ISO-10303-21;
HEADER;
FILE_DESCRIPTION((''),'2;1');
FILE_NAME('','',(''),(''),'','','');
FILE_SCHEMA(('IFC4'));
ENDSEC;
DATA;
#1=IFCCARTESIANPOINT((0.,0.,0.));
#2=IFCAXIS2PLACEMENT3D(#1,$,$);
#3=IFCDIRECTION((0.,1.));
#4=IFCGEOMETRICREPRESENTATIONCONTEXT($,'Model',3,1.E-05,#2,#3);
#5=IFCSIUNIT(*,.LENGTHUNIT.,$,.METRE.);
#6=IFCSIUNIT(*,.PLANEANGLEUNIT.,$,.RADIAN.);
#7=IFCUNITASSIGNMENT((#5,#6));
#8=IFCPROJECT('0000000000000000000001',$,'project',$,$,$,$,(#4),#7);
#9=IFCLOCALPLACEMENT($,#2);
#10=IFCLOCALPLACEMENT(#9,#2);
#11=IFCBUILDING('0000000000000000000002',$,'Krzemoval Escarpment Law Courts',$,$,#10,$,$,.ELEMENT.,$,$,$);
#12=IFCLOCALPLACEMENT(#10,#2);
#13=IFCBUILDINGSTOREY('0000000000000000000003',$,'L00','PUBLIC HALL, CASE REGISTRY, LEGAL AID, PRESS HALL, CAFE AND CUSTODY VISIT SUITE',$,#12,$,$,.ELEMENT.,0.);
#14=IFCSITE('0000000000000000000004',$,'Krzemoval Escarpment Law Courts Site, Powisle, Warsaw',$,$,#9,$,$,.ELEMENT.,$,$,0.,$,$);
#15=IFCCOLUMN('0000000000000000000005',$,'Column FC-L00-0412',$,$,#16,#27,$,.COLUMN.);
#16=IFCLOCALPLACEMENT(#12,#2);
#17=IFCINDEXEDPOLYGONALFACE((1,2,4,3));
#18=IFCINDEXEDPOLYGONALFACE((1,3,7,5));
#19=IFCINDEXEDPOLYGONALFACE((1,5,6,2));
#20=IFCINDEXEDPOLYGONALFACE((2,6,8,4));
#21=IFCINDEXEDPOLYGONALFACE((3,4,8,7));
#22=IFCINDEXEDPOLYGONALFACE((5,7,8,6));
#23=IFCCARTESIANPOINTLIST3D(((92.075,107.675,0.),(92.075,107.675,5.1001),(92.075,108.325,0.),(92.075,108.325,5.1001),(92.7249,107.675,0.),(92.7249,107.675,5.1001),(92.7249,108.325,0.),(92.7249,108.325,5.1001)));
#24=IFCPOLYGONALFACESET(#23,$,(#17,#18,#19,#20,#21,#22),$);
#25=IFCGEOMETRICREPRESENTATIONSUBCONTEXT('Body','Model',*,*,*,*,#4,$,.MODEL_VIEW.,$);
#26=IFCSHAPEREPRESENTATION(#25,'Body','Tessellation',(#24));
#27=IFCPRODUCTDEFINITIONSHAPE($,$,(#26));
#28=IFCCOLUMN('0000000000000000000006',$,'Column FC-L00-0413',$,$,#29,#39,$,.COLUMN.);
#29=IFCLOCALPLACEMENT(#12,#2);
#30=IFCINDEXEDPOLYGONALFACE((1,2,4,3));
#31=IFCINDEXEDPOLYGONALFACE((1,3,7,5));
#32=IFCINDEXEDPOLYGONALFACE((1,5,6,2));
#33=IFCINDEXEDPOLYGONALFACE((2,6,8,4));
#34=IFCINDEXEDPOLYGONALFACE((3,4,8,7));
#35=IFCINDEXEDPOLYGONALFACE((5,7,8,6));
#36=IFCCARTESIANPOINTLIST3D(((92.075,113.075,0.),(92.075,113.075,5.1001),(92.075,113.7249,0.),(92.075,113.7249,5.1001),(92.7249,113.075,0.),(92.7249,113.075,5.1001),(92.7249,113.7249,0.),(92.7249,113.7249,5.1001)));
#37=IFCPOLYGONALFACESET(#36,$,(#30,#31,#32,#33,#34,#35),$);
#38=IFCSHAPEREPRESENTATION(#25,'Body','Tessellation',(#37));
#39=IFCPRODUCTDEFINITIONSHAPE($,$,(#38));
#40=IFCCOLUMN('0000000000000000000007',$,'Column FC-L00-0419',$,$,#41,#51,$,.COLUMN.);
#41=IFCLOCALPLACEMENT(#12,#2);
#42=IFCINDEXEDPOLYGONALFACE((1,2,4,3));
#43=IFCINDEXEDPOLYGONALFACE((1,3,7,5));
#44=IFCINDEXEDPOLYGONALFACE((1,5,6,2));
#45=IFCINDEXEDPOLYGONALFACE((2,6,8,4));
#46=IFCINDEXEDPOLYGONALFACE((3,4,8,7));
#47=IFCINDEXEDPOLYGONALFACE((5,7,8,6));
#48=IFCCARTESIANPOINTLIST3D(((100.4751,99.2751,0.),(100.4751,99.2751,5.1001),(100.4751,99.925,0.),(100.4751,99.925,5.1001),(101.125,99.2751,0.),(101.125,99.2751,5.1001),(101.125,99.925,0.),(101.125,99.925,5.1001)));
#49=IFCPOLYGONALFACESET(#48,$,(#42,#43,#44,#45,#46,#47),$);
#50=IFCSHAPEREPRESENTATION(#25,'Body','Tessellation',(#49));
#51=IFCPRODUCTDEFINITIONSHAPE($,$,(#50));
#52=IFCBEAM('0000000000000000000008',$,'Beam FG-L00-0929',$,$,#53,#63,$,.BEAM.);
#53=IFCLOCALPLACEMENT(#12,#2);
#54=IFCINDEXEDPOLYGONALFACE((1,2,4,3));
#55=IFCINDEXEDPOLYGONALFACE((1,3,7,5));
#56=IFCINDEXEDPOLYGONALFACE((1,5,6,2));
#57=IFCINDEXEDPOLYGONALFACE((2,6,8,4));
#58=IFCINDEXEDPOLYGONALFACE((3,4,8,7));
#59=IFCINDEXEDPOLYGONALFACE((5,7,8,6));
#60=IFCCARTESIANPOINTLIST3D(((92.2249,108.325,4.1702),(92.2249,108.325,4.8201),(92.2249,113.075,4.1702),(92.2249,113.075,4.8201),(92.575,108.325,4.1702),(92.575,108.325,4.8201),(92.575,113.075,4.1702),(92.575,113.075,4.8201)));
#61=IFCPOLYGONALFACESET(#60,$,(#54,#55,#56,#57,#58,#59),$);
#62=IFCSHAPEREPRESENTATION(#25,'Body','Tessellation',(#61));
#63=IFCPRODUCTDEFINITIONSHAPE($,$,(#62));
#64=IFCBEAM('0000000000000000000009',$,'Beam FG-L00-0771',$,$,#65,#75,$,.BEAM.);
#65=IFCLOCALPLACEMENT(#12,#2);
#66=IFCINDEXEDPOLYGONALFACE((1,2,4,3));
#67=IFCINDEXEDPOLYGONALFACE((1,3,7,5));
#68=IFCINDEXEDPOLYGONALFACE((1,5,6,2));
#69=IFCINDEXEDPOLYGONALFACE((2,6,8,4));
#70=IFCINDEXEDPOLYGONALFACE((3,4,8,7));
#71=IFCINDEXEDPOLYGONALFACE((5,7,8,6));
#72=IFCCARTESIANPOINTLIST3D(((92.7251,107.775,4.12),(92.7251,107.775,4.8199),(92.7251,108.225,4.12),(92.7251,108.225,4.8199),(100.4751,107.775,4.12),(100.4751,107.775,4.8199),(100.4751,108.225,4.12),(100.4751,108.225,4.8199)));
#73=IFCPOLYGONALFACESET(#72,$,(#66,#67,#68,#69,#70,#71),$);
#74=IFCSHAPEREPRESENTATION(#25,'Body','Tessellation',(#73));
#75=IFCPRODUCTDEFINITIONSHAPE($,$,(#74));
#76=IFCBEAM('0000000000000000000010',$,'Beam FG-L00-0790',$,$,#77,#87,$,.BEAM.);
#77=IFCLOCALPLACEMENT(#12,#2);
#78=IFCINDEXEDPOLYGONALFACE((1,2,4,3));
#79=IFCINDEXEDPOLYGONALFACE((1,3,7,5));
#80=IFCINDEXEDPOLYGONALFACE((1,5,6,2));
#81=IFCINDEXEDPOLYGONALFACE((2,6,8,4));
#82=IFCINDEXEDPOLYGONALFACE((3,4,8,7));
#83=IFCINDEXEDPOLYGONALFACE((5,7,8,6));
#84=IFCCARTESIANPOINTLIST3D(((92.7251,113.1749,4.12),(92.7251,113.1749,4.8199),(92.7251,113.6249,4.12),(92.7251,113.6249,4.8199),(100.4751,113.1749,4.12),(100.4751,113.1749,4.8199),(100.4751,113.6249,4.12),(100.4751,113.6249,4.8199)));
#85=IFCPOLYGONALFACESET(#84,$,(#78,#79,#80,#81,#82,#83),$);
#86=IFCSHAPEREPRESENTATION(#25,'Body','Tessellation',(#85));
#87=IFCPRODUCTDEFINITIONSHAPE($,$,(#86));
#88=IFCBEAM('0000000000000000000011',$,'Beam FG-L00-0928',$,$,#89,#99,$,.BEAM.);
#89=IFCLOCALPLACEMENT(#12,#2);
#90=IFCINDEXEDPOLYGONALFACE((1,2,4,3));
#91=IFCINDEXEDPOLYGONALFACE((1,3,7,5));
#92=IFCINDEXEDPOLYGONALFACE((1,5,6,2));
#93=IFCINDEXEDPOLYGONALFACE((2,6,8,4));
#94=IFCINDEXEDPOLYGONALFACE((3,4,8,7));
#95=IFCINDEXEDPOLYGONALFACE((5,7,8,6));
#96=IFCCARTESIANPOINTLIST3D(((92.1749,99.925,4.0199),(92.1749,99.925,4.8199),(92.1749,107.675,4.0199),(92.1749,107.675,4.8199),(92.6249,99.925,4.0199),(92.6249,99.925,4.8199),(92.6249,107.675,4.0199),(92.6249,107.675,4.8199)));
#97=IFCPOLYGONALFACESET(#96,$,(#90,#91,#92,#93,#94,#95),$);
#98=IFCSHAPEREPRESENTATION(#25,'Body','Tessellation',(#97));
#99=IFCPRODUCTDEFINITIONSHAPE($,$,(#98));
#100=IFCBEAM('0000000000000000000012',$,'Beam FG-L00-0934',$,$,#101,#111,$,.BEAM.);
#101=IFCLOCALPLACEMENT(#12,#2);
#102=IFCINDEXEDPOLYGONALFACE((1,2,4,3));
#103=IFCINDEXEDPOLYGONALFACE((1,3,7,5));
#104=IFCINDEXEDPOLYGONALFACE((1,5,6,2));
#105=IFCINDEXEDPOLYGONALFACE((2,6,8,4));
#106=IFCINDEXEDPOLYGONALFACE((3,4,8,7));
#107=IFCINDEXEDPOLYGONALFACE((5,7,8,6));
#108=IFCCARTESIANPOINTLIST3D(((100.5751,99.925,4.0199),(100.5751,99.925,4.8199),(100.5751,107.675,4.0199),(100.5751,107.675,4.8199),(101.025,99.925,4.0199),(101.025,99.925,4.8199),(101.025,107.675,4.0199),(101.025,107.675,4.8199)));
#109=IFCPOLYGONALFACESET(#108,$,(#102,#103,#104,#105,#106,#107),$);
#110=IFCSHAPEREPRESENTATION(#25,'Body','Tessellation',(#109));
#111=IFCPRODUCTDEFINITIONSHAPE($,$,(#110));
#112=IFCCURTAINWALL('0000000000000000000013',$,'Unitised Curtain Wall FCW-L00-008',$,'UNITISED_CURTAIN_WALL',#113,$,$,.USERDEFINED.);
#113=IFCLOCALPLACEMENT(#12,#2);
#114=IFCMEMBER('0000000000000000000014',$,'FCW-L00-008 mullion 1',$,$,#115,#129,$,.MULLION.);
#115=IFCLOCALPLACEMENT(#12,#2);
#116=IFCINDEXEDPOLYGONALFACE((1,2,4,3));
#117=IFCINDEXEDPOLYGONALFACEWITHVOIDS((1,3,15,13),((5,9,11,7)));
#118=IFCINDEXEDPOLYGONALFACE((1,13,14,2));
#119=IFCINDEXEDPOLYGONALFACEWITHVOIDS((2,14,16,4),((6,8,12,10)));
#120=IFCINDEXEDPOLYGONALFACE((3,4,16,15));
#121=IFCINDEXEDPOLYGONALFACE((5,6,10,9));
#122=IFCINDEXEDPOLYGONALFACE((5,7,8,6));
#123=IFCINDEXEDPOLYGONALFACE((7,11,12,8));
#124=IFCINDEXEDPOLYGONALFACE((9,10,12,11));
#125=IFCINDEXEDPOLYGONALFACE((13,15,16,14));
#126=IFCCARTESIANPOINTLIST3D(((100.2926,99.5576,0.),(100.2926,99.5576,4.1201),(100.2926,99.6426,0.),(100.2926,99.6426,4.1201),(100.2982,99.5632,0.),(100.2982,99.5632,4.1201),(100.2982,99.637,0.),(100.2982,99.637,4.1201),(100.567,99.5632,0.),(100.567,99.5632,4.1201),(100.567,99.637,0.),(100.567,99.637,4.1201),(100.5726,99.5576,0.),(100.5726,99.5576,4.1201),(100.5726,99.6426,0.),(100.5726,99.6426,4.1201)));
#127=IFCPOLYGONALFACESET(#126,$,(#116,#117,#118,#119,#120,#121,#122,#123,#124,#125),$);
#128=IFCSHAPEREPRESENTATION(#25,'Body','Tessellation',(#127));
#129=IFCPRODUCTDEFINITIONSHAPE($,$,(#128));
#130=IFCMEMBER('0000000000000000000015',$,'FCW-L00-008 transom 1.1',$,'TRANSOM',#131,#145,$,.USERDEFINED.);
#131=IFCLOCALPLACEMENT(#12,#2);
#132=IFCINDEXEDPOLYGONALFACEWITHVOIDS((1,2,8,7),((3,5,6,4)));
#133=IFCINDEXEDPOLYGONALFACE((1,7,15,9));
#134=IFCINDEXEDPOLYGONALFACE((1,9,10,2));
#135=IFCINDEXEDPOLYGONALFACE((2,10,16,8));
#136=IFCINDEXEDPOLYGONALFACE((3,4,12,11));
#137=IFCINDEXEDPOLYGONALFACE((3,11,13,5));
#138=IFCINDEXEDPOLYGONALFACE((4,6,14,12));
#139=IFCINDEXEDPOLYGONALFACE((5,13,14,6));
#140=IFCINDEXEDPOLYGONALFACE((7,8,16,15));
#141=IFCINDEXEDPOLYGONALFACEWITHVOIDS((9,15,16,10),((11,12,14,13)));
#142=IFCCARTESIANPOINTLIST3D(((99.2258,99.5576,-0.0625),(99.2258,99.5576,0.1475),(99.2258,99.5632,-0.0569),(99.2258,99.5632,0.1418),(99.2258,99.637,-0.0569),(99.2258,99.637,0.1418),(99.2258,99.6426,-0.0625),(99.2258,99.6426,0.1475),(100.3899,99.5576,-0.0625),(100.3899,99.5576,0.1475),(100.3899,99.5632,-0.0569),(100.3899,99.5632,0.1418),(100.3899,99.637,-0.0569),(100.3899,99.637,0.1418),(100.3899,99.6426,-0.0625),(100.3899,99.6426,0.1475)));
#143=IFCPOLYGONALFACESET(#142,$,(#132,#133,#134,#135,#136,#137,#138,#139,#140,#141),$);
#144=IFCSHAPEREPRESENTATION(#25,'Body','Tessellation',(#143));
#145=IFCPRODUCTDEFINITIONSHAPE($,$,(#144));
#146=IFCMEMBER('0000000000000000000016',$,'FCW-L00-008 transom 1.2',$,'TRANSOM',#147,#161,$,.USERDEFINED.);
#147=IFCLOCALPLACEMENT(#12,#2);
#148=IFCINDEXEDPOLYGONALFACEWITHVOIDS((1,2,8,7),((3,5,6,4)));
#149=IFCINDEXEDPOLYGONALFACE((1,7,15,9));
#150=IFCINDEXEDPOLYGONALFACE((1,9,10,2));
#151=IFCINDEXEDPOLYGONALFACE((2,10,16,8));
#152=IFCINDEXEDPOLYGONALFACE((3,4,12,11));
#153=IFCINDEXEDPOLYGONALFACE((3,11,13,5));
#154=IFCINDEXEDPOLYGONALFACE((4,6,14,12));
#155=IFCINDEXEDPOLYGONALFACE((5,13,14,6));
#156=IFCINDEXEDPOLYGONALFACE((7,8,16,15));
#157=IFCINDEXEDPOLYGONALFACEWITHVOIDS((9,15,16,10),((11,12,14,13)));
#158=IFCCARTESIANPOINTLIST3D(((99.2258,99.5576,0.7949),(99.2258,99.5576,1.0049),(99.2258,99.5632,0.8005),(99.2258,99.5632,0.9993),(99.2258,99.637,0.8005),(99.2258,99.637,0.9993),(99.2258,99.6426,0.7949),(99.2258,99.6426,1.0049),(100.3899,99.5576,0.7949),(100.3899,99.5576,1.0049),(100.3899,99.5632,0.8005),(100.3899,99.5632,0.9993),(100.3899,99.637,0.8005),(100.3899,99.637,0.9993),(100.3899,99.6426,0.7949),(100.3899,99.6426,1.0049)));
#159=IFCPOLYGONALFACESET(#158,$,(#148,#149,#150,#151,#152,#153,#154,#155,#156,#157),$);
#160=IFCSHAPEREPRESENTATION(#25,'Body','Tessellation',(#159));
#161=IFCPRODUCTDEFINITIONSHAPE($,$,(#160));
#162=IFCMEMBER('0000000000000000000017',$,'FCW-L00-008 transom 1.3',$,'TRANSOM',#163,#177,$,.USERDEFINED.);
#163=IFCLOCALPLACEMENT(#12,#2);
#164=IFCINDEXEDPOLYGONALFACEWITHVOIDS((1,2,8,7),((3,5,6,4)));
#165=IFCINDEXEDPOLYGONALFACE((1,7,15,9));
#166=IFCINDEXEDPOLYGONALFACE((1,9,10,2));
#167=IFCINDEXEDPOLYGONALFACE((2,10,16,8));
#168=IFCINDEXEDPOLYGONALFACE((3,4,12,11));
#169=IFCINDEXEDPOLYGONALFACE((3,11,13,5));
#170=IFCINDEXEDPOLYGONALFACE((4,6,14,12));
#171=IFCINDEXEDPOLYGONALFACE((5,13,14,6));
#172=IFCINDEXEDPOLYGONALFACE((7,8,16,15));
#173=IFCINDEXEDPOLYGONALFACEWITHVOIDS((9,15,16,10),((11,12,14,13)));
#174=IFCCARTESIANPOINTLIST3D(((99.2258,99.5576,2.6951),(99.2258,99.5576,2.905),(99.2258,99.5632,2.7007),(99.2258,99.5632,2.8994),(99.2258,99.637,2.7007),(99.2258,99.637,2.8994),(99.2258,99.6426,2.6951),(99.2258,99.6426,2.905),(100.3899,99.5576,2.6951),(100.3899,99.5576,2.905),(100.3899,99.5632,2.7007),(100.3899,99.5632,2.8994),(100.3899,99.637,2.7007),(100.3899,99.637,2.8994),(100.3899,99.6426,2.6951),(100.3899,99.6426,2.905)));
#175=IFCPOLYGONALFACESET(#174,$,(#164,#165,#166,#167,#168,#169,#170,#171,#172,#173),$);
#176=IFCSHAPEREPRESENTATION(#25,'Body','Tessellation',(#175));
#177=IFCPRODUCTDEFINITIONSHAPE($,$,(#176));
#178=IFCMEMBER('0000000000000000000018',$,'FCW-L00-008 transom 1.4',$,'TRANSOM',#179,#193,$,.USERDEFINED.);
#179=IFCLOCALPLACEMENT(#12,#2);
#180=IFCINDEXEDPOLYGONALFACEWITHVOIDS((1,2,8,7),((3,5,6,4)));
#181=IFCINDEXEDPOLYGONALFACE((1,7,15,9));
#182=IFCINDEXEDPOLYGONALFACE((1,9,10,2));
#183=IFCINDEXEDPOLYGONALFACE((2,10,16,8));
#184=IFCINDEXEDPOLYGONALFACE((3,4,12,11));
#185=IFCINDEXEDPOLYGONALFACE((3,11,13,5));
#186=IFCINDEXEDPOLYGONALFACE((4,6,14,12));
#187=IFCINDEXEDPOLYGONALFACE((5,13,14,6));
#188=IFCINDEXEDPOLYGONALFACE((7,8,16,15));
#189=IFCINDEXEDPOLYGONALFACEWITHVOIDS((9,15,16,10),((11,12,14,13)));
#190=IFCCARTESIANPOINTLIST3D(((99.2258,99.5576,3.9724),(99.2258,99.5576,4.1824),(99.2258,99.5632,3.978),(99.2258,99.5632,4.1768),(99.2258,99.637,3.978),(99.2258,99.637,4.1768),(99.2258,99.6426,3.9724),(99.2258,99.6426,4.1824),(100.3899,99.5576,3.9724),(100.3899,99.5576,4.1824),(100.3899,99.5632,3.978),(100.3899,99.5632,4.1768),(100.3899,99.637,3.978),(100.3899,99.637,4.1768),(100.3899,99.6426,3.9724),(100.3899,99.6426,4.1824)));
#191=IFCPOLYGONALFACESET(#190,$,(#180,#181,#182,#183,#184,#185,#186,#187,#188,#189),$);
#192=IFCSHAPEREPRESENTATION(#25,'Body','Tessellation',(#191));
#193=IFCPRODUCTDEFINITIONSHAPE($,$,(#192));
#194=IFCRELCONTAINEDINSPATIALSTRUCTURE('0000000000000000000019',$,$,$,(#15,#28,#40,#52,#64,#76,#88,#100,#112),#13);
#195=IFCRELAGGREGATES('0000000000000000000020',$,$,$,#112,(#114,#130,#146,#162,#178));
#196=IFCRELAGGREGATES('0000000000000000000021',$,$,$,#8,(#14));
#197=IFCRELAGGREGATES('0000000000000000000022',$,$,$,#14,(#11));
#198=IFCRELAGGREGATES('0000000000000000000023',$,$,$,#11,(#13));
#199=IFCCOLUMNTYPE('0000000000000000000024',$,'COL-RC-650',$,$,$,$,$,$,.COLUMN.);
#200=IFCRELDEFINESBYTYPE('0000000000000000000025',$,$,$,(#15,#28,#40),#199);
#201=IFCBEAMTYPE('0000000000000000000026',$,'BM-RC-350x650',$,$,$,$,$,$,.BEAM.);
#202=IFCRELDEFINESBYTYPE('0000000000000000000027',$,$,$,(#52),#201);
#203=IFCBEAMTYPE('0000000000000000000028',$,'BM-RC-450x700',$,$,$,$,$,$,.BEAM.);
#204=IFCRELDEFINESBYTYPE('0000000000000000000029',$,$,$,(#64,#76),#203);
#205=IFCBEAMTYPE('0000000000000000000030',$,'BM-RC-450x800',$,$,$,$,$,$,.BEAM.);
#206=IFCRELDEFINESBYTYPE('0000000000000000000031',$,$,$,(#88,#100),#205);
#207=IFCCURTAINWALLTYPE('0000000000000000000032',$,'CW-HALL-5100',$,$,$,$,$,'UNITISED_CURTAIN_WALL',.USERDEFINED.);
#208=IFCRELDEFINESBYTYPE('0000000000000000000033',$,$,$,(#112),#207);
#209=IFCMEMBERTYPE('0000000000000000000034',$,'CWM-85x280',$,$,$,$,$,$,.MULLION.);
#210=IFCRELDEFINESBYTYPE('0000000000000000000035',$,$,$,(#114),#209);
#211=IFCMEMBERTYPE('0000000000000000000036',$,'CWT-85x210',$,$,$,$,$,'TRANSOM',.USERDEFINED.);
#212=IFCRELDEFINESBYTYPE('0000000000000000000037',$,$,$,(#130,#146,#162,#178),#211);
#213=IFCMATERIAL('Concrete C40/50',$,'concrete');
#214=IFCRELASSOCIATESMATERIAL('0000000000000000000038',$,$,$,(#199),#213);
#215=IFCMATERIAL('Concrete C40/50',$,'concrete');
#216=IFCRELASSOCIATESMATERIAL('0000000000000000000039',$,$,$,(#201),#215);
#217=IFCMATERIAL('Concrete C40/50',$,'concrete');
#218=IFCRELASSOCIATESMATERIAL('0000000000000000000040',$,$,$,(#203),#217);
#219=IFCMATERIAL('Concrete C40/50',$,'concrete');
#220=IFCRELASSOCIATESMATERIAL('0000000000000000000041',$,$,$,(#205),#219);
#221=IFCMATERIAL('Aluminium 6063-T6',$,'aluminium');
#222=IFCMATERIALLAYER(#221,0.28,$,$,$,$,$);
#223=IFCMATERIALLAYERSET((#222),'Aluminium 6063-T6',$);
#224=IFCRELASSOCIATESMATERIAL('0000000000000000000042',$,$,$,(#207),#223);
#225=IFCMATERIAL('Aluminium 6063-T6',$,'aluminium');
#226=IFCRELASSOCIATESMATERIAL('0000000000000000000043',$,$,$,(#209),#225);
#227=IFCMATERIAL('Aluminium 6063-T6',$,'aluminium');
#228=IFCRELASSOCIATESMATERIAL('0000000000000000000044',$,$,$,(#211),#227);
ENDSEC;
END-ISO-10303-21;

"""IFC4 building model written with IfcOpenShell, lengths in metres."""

from ifc_helpers import new_model, si_unit, direction, frame, origin, origin_2d, place, context, subcontext, project, spatial, rectangle, hollow_rectangle, extrude, material, layer, layer_set, material_profile, profile_set, type_object, element, aggregate, save


model = new_model("IFC4")

# Units and contexts
model_context = context("Model", 3, precision=1e-05, world=origin(), true_north=direction((0.0, 1.0)))
body_context = subcontext(model_context, "Body", "Model", "MODEL_VIEW")
ifc_project = project(units=[si_unit("LENGTHUNIT", "METRE"), si_unit("PLANEANGLEUNIT", "RADIAN")], contexts=[model_context])

# Site, building, storey
site_placement = place(None, origin())
site = spatial("IfcSite", under=ifc_project, at=site_placement, Name="Krzemoval Escarpment Law Courts Site, Powisle, Warsaw", CompositionType="ELEMENT", RefElevation=0.0)
building_placement = place(site_placement, origin())
building = spatial("IfcBuilding", under=site, at=building_placement, Name="Krzemoval Escarpment Law Courts", CompositionType="ELEMENT")
storey_placement = place(building_placement, origin())
storey = spatial("IfcBuildingStorey", under=building, at=storey_placement, Name="L00", Description="PUBLIC HALL, CASE REGISTRY, LEGAL AID, PRESS HALL, CAFE AND CUSTODY VISIT SUITE", CompositionType="ELEMENT", Elevation=0.0)

# Columns
ifc_material_1 = material(Name="Concrete C40/50", Category="concrete")
ifc_material_profile_1 = material_profile(ifc_material_1, rectangle(XDim=0.6499, YDim=0.6499, at=origin_2d()), Name="RC 650x650")
ifc_profile_set_1 = profile_set([ifc_material_profile_1], Name="Concrete C40/50")
column_type = type_object("IfcColumnType", Name="COL-RC-650", PredefinedType="COLUMN", material=ifc_profile_set_1)
for number, where, z_axis, x_axis, name in (
    (1, (92.3999, 108.0, 0.0), (0.0, 0.0, 1.0), (1.0, 0.0, 0.0), "Column FC-L00-0412"),
    (2, (92.3999, 113.3999, 0.0), (0.0, 0.0, 1.0), (1.0, 0.0, 0.0), "Column FC-L00-0413"),
    (3, (100.8, 99.6001, 0.0), (0.0, 0.0, 1.0), (1.0, 0.0, 0.0), "Column FC-L00-0419"),
):
    element("IfcColumn", number, at=place(storey_placement, frame(where, z_axis=z_axis, x_axis=x_axis)), inside=storey, type_object=column_type, Name=name, PredefinedType="COLUMN", context=body_context, shape_type="SweptSolid", body=[
        extrude(rectangle(XDim=0.6499, YDim=0.6499, at=origin_2d()), origin(), (0.0, 0.0, 1.0), 5.1001),
    ])

# Beams
ifc_material_2 = material(Name="Concrete C40/50", Category="concrete")
ifc_material_profile_2 = material_profile(ifc_material_2, rectangle(XDim=0.3501, YDim=0.6499, at=origin_2d()), Name="RCB 350x650")
ifc_profile_set_2 = profile_set([ifc_material_profile_2], Name="Concrete C40/50")
beam_type_1 = type_object("IfcBeamType", Name="BM-RC-350x650", PredefinedType="BEAM", material=ifc_profile_set_2)
beam_1_placement = place(storey_placement, frame((92.3999, 108.325, 4.4951), z_axis=(0.0, 1.0, 0.0), x_axis=(-1.0, 0.0, 0.0)))
element("IfcBeam", 4, at=beam_1_placement, inside=storey, type_object=beam_type_1, Name="Beam FG-L00-0929", PredefinedType="BEAM", context=body_context, shape_type="SweptSolid", body=[
    extrude(rectangle(XDim=0.3501, YDim=0.6499, at=origin_2d()), origin(), (0.0, 0.0, 1.0), 4.75),
])
ifc_material_3 = material(Name="Concrete C40/50", Category="concrete")
ifc_material_profile_3 = material_profile(ifc_material_3, rectangle(XDim=0.45, YDim=0.7, at=origin_2d()), Name="RCB 450x700")
ifc_profile_set_3 = profile_set([ifc_material_profile_3], Name="Concrete C40/50")
beam_type_2 = type_object("IfcBeamType", Name="BM-RC-450x700", PredefinedType="BEAM", material=ifc_profile_set_3)
for number, where, z_axis, x_axis, name in (
    (5, (92.7251, 108.0, 4.47), (1.0, 0.0, 0.0), (0.0, 1.0, 0.0), "Beam FG-L00-0771"),
    (6, (92.7251, 113.3999, 4.47), (1.0, 0.0, 0.0), (0.0, 1.0, 0.0), "Beam FG-L00-0790"),
):
    element("IfcBeam", number, at=place(storey_placement, frame(where, z_axis=z_axis, x_axis=x_axis)), inside=storey, type_object=beam_type_2, Name=name, PredefinedType="BEAM", context=body_context, shape_type="SweptSolid", body=[
        extrude(rectangle(XDim=0.45, YDim=0.7, at=origin_2d()), origin(), (0.0, 0.0, 1.0), 7.75),
    ])
ifc_material_4 = material(Name="Concrete C40/50", Category="concrete")
ifc_material_profile_4 = material_profile(ifc_material_4, rectangle(XDim=0.45, YDim=0.8, at=origin_2d()), Name="RCB 450x800")
ifc_profile_set_4 = profile_set([ifc_material_profile_4], Name="Concrete C40/50")
beam_type_3 = type_object("IfcBeamType", Name="BM-RC-450x800", PredefinedType="BEAM", material=ifc_profile_set_4)
for number, where, z_axis, x_axis, name in (
    (7, (92.3999, 99.925, 4.4199), (0.0, 1.0, 0.0), (-1.0, 0.0, 0.0), "Beam FG-L00-0928"),
    (8, (100.8, 99.925, 4.4199), (0.0, 1.0, 0.0), (-1.0, 0.0, 0.0), "Beam FG-L00-0934"),
):
    element("IfcBeam", number, at=place(storey_placement, frame(where, z_axis=z_axis, x_axis=x_axis)), inside=storey, type_object=beam_type_3, Name=name, PredefinedType="BEAM", context=body_context, shape_type="SweptSolid", body=[
        extrude(rectangle(XDim=0.45, YDim=0.8, at=origin_2d()), origin(), (0.0, 0.0, 1.0), 7.75),
    ])

# Curtain wall, members
ifc_material_5 = material(Name="Aluminium 6063-T6", Category="aluminium")
ifc_layer_1 = layer(ifc_material_5, 0.28)
ifc_layer_set_1 = layer_set([ifc_layer_1], Name="Aluminium 6063-T6")
curtain_wall_type = type_object("IfcCurtainWallType", Name="CW-HALL-5100", ElementType="UNITISED_CURTAIN_WALL", PredefinedType="USERDEFINED", material=ifc_layer_set_1)
curtain_wall_placement = place(storey_placement, origin())
curtain_wall = element("IfcCurtainWall", 9, at=curtain_wall_placement, inside=storey, type_object=curtain_wall_type, Name="Unitised Curtain Wall FCW-L00-008", ObjectType="UNITISED_CURTAIN_WALL", PredefinedType="USERDEFINED")
ifc_material_6 = material(Name="Aluminium 6063-T6", Category="aluminium")
ifc_material_profile_5 = material_profile(ifc_material_6, hollow_rectangle(XDim=0.085, YDim=0.28, WallThickness=0.0056, at=origin_2d()), Name="ALU M85x280")
ifc_profile_set_5 = profile_set([ifc_material_profile_5], Name="Aluminium 6063-T6")
member_type_1 = type_object("IfcMemberType", Name="CWM-85x280", PredefinedType="MULLION", material=ifc_profile_set_5)
member_1_placement = place(storey_placement, frame((100.4326, 99.6001, 0.0), z_axis=(0.0, 0.0, 1.0), x_axis=(0.0, -1.0, 0.0)))
member_1 = element("IfcMember", 10, at=member_1_placement, type_object=member_type_1, Name="FCW-L00-008 mullion 1", PredefinedType="MULLION", context=body_context, shape_type="SweptSolid", body=[
    extrude(hollow_rectangle(XDim=0.085, YDim=0.28, WallThickness=0.0056, at=origin_2d()), origin(), (0.0, 0.0, 1.0), 4.1201),
])
ifc_material_7 = material(Name="Aluminium 6063-T6", Category="aluminium")
ifc_material_profile_6 = material_profile(ifc_material_7, hollow_rectangle(XDim=0.085, YDim=0.21, WallThickness=0.0056, at=origin_2d()), Name="ALU T85x210")
ifc_profile_set_6 = profile_set([ifc_material_profile_6], Name="Aluminium 6063-T6")
member_type_2 = type_object("IfcMemberType", Name="CWT-85x210", ElementType="TRANSOM", PredefinedType="USERDEFINED", material=ifc_profile_set_6)
member_2_placement = place(storey_placement, frame((100.3899, 99.6001, 0.0425), z_axis=(-1.0, 0.0, 0.0), x_axis=(0.0, -1.0, 0.0)))
member_2 = element("IfcMember", 11, at=member_2_placement, type_object=member_type_2, Name="FCW-L00-008 transom 1.1", ObjectType="TRANSOM", PredefinedType="USERDEFINED", context=body_context, shape_type="SweptSolid", body=[
    extrude(hollow_rectangle(XDim=0.085, YDim=0.21, WallThickness=0.0056, at=origin_2d()), origin(), (0.0, 0.0, 1.0), 1.1641),
])
member_3_placement = place(storey_placement, frame((100.3899, 99.6001, 0.8999), z_axis=(-1.0, 0.0, 0.0), x_axis=(0.0, -1.0, 0.0)))
member_3 = element("IfcMember", 12, at=member_3_placement, type_object=member_type_2, Name="FCW-L00-008 transom 1.2", ObjectType="TRANSOM", PredefinedType="USERDEFINED", context=body_context, shape_type="SweptSolid", body=[
    extrude(hollow_rectangle(XDim=0.085, YDim=0.21, WallThickness=0.0056, at=origin_2d()), origin(), (0.0, 0.0, 1.0), 1.1641),
])
member_4_placement = place(storey_placement, frame((100.3899, 99.6001, 2.8), z_axis=(-1.0, 0.0, 0.0), x_axis=(0.0, -1.0, 0.0)))
member_4 = element("IfcMember", 13, at=member_4_placement, type_object=member_type_2, Name="FCW-L00-008 transom 1.3", ObjectType="TRANSOM", PredefinedType="USERDEFINED", context=body_context, shape_type="SweptSolid", body=[
    extrude(hollow_rectangle(XDim=0.085, YDim=0.21, WallThickness=0.0056, at=origin_2d()), origin(), (0.0, 0.0, 1.0), 1.1641),
])
member_5_placement = place(storey_placement, frame((100.3899, 99.6001, 4.0774), z_axis=(-1.0, 0.0, 0.0), x_axis=(0.0, -1.0, 0.0)))
member_5 = element("IfcMember", 14, at=member_5_placement, type_object=member_type_2, Name="FCW-L00-008 transom 1.4", ObjectType="TRANSOM", PredefinedType="USERDEFINED", context=body_context, shape_type="SweptSolid", body=[
    extrude(hollow_rectangle(XDim=0.085, YDim=0.21, WallThickness=0.0056, at=origin_2d()), origin(), (0.0, 0.0, 1.0), 1.1641),
])

aggregate(curtain_wall, [member_1, member_2, member_3, member_4, member_5])

save(model, "model.ifc")
